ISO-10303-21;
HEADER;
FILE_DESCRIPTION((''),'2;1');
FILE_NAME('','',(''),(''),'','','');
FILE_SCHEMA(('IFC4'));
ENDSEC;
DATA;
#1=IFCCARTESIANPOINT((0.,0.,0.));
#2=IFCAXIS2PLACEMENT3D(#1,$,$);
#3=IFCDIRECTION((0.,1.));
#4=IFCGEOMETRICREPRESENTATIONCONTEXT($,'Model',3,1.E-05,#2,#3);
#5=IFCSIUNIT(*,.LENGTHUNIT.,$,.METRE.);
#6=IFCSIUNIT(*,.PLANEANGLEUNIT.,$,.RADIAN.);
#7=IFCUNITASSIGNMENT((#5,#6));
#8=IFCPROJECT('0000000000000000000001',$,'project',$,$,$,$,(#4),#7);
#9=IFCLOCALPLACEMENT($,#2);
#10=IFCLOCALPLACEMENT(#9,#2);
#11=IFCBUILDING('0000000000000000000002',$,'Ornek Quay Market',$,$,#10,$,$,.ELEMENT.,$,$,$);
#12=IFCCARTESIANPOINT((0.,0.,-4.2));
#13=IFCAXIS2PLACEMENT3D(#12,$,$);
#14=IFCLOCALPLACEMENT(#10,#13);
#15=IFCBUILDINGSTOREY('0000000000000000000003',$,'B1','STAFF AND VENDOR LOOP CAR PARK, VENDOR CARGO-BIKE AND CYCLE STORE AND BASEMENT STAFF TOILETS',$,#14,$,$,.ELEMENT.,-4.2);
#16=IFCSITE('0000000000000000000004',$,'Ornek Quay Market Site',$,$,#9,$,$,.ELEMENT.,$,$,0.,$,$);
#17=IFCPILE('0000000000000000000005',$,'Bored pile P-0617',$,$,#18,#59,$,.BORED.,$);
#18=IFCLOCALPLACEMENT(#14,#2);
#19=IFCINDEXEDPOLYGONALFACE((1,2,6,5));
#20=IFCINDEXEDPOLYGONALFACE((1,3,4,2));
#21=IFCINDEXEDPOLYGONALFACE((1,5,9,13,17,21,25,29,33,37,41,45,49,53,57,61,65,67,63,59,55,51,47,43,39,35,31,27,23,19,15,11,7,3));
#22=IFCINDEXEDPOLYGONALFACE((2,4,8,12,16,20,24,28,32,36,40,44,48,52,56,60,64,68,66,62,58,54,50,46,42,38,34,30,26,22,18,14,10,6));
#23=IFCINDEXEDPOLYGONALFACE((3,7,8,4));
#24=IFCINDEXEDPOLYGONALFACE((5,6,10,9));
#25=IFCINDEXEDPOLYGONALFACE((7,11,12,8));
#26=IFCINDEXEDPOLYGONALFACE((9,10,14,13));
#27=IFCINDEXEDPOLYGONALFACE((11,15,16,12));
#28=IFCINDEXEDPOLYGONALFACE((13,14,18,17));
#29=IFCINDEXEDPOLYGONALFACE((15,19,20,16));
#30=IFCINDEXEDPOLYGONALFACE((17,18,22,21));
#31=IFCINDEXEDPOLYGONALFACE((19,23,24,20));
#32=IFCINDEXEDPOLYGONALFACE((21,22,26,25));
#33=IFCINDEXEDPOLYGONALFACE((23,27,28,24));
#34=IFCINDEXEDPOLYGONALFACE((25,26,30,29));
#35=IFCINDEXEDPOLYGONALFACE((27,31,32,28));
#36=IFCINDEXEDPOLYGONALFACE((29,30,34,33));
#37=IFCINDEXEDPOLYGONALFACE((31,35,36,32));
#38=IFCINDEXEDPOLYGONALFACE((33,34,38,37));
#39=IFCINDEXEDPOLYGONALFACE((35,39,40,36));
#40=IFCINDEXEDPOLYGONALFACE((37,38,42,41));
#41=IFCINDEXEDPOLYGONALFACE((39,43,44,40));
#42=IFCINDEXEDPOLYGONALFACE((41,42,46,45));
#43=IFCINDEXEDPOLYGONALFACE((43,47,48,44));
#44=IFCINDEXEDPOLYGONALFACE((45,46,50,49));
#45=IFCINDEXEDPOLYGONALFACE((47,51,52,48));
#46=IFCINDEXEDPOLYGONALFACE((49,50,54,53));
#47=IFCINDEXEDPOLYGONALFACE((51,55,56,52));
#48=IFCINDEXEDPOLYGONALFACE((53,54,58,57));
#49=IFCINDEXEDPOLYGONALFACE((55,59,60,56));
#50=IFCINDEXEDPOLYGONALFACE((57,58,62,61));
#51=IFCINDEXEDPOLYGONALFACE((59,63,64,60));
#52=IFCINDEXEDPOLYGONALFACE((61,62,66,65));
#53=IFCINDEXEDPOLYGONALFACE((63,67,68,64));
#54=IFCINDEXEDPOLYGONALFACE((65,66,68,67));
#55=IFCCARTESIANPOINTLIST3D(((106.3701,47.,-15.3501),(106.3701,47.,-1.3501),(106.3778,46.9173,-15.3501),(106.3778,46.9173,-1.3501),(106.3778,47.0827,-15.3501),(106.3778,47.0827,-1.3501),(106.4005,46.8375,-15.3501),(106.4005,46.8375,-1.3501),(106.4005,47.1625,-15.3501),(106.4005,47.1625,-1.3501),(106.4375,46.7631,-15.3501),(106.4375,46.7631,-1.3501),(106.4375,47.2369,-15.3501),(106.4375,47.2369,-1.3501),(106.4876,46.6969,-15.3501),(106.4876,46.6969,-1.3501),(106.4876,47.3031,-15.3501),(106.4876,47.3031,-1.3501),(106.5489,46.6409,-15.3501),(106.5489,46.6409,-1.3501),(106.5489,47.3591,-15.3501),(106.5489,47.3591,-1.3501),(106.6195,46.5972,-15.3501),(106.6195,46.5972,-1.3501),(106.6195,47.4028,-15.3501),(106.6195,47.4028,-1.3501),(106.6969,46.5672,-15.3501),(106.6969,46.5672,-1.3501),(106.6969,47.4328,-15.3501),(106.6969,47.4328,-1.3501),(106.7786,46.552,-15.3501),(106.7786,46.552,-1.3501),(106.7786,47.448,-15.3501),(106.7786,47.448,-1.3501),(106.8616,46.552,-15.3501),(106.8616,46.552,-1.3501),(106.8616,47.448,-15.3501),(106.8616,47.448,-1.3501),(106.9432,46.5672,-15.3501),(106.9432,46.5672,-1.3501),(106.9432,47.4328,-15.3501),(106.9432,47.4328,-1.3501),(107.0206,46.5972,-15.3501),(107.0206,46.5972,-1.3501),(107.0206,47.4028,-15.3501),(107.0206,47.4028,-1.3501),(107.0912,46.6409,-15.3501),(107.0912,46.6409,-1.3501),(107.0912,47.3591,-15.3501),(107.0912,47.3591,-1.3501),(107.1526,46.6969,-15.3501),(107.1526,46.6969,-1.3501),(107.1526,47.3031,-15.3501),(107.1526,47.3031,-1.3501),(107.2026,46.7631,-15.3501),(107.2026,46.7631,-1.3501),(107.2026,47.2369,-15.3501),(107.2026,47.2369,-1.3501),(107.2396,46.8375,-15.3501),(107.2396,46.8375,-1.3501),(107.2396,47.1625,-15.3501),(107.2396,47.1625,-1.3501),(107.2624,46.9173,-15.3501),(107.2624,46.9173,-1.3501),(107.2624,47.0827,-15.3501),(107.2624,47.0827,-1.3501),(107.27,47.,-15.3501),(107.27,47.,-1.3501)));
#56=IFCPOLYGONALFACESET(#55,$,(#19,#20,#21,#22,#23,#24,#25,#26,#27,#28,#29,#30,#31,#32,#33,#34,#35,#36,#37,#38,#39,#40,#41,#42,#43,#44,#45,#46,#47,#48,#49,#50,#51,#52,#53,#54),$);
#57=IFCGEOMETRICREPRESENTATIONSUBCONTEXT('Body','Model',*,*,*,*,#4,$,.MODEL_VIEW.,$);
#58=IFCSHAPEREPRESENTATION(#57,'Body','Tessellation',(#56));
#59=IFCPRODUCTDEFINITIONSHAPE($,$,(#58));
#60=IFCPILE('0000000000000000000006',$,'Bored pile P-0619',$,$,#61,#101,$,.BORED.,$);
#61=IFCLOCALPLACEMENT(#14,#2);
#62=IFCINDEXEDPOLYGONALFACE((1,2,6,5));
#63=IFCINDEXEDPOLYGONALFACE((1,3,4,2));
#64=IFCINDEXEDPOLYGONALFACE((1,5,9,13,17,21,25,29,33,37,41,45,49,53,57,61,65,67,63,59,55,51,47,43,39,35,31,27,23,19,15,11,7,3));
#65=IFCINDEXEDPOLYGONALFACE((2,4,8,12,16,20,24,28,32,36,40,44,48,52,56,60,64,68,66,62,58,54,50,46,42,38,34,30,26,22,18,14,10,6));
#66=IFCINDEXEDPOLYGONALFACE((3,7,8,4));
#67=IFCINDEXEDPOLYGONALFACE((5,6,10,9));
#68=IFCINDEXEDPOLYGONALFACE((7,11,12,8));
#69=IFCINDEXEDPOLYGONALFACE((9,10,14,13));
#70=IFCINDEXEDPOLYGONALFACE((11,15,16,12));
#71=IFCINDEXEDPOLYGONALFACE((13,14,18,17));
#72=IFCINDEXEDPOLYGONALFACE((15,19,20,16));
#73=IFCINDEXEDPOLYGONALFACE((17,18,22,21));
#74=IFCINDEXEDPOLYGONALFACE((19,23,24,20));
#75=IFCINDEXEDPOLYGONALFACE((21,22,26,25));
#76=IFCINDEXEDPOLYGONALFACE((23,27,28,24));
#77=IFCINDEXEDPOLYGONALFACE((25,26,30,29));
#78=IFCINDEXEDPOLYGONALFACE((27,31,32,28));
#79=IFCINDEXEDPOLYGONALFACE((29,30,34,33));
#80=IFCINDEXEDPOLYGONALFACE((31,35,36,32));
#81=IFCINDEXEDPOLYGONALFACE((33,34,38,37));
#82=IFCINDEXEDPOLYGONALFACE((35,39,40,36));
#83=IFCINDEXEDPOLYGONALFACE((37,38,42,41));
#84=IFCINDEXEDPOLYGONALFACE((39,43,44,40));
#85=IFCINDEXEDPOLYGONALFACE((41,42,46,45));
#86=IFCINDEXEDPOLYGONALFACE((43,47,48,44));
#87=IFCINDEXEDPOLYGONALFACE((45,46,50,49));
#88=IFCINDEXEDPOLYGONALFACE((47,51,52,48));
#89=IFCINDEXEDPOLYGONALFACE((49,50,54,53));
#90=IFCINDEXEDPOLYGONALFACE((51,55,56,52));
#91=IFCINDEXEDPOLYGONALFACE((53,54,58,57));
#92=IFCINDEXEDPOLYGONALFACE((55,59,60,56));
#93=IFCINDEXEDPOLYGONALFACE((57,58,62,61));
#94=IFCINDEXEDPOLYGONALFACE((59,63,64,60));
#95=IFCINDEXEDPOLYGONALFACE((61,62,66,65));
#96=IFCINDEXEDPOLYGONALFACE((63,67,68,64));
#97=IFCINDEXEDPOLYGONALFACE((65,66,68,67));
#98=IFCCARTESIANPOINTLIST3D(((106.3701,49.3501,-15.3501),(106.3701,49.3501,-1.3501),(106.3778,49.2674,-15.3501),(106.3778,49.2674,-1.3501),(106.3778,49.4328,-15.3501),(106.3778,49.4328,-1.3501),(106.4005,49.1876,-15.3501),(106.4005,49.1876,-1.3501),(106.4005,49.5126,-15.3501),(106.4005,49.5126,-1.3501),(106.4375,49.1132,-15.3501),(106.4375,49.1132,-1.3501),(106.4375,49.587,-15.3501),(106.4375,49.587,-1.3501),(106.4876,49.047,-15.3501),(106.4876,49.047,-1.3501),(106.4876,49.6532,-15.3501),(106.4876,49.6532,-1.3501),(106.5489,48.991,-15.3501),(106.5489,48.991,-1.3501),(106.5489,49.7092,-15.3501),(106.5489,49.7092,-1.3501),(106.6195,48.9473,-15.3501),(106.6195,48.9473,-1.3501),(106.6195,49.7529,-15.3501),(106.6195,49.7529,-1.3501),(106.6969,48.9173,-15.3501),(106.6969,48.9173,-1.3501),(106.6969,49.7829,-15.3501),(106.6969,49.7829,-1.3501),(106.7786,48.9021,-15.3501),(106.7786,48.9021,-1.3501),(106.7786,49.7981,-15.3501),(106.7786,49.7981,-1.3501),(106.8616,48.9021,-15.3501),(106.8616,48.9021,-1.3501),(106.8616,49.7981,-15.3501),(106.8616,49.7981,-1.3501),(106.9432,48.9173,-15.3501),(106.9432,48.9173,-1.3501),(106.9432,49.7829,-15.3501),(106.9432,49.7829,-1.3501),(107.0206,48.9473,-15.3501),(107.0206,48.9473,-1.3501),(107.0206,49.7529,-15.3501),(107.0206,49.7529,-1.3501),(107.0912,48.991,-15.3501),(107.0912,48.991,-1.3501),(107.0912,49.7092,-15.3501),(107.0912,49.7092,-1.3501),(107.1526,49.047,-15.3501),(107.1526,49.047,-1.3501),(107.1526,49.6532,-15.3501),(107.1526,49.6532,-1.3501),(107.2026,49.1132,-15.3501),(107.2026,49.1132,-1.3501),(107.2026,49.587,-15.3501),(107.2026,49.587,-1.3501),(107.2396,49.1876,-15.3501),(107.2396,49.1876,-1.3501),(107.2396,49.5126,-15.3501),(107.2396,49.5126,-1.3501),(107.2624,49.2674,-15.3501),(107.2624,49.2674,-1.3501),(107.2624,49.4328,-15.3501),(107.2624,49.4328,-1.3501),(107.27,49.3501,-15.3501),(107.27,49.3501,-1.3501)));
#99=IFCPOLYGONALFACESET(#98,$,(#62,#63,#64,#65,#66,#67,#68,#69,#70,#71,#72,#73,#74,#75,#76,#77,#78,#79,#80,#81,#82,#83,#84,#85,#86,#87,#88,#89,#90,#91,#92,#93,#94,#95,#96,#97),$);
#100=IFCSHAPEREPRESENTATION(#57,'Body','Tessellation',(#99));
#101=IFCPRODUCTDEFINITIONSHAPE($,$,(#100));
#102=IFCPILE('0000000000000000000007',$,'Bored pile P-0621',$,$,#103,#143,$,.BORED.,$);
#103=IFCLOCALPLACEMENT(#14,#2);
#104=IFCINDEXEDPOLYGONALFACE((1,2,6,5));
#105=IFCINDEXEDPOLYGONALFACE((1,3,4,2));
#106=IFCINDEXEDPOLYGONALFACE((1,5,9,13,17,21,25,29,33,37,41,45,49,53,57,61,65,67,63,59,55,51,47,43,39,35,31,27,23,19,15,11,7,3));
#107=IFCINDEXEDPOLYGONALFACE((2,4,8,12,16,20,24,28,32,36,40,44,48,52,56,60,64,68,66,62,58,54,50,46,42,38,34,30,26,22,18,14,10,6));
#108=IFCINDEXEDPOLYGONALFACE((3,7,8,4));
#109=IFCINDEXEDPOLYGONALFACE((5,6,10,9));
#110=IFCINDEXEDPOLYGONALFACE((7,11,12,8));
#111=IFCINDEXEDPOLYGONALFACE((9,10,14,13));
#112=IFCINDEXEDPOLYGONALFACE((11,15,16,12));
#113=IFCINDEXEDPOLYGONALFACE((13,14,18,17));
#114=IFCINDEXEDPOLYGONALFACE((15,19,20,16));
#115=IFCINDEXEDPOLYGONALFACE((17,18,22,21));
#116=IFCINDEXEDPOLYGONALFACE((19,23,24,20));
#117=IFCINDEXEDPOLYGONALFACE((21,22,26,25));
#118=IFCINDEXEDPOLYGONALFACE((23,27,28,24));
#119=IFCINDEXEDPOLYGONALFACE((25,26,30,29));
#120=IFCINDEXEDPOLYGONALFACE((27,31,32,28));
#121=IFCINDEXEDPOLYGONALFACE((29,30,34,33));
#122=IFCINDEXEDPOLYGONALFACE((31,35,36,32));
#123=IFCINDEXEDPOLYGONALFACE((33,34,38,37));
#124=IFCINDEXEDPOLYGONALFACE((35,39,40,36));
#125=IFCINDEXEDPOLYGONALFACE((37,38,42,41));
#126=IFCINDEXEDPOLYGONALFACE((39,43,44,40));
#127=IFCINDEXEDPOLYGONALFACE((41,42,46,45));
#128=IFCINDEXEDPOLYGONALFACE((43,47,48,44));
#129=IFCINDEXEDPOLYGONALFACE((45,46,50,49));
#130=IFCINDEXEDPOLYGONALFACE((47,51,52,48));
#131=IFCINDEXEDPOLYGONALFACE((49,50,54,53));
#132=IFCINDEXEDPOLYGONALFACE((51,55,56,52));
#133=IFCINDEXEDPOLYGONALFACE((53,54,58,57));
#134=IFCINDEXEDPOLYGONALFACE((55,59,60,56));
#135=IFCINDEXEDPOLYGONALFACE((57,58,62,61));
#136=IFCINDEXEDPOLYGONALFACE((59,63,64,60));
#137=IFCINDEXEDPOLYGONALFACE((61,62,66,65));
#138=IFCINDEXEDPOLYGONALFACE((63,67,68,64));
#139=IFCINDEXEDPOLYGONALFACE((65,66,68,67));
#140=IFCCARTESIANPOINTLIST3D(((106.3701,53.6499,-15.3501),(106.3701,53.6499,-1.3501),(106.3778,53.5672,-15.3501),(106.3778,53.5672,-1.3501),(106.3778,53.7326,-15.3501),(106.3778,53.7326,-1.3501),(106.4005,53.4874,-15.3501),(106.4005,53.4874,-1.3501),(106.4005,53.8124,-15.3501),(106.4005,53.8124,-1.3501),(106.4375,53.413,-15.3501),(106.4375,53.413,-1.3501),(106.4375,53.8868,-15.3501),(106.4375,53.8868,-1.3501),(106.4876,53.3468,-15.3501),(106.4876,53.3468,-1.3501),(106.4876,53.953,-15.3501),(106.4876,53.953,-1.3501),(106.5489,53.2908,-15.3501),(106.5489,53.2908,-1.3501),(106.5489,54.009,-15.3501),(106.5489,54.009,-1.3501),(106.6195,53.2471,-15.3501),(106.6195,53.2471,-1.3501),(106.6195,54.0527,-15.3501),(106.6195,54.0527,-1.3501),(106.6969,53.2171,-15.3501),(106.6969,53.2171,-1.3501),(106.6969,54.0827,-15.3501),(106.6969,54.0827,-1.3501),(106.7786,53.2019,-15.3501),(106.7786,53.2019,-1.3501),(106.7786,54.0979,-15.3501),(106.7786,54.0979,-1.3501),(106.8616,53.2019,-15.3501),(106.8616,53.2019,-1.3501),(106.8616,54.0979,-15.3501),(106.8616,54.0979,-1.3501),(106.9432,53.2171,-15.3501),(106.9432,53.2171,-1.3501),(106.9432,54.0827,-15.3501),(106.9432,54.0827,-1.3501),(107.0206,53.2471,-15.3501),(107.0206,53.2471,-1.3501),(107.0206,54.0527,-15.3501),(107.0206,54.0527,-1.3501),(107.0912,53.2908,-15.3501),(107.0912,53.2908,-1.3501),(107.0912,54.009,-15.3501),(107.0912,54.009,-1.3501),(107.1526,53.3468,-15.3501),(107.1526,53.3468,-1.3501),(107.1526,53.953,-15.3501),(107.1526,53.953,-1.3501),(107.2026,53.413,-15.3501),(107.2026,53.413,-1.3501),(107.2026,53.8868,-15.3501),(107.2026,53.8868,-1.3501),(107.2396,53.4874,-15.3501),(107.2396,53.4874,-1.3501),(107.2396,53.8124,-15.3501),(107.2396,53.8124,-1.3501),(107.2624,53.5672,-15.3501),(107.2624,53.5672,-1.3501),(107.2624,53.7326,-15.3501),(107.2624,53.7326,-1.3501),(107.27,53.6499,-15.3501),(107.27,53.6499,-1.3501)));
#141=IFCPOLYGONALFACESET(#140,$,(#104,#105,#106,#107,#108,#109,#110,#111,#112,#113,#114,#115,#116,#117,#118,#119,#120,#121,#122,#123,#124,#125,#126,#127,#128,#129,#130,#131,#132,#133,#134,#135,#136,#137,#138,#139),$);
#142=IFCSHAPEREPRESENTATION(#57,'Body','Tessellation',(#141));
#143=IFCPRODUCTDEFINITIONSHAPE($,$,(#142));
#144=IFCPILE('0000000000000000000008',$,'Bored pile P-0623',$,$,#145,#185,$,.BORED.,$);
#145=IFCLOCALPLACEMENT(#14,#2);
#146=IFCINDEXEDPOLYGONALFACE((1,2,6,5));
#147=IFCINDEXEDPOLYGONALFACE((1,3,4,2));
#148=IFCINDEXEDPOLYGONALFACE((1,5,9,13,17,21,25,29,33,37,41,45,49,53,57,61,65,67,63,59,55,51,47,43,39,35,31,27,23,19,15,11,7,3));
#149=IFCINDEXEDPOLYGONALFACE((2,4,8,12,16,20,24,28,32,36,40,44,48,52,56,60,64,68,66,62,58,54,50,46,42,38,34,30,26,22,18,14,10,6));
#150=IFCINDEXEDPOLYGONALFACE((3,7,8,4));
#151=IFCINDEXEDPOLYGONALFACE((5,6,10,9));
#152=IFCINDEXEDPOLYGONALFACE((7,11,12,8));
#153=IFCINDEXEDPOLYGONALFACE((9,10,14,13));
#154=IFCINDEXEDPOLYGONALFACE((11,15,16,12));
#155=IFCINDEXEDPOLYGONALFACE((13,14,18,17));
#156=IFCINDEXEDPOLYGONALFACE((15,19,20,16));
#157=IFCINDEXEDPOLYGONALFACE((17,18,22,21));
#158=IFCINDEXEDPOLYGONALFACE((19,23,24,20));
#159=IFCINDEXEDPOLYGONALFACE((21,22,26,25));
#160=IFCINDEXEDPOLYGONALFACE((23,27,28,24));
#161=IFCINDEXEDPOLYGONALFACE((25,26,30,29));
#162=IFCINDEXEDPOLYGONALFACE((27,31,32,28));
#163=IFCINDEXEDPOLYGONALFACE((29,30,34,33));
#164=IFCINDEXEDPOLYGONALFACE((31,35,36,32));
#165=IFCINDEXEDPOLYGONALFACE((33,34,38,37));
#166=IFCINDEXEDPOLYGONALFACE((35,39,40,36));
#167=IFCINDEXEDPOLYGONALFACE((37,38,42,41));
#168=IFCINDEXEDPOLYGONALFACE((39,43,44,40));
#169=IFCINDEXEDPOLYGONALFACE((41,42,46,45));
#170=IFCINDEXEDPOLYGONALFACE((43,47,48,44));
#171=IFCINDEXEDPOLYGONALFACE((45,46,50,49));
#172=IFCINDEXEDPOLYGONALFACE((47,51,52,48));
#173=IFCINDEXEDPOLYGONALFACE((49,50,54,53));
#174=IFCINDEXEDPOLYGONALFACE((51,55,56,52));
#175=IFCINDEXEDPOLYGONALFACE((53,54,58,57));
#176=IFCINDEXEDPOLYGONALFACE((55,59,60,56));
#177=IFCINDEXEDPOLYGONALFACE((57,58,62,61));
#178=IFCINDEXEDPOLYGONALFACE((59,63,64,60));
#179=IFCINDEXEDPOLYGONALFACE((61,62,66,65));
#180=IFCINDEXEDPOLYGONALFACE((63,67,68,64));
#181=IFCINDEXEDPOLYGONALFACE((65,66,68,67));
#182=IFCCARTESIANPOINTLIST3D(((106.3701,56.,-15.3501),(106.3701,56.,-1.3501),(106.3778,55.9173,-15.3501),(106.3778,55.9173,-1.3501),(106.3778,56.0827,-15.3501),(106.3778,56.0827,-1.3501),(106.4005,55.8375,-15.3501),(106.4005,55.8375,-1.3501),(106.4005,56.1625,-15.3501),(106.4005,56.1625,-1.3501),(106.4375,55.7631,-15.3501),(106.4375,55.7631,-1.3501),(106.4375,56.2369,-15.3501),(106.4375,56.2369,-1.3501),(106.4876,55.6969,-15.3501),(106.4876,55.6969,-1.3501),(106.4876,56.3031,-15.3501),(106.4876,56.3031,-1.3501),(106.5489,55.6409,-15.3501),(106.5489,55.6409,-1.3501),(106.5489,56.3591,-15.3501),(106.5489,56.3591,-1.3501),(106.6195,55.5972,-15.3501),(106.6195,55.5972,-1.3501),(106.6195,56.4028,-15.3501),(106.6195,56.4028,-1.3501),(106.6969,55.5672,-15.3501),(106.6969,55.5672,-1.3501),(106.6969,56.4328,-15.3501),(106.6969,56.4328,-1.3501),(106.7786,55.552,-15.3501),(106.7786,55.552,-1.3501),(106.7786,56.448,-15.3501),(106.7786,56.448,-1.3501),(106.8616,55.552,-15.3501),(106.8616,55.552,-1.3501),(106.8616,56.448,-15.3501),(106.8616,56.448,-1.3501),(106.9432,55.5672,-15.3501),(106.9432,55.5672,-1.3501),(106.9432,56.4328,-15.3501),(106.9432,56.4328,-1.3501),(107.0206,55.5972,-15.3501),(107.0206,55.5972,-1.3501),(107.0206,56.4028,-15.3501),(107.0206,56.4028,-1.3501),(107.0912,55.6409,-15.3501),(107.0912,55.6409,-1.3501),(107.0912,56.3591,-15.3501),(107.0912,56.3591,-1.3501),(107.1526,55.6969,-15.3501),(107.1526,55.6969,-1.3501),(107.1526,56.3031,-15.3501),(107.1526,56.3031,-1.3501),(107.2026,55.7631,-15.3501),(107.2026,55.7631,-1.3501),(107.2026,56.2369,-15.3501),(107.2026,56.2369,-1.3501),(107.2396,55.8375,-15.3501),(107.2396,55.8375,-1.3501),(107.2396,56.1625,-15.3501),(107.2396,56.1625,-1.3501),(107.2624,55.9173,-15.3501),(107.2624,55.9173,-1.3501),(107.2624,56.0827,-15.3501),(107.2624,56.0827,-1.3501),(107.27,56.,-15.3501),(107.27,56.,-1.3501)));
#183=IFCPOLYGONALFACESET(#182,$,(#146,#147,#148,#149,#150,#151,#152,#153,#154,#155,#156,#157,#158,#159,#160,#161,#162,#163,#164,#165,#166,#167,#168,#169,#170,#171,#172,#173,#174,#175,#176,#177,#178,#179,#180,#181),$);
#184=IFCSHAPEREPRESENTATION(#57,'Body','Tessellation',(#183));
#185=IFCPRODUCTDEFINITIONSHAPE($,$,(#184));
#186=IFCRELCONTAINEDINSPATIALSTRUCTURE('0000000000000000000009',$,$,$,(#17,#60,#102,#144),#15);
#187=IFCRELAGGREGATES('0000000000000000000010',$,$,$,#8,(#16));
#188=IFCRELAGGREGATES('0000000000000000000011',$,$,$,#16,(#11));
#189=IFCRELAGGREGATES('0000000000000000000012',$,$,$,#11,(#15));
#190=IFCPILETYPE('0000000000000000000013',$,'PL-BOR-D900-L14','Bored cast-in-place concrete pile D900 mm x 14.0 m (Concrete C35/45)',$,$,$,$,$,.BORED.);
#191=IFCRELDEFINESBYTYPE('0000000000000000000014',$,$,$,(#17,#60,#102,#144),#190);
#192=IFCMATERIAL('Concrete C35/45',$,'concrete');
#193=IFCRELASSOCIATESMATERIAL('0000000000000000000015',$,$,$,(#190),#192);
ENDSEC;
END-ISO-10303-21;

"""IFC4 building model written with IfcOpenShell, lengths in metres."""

from ifc_helpers import new_model, si_unit, direction, frame, origin, origin_2d, place, context, subcontext, project, spatial, circle, extrude, material, material_profile, profile_set, type_object, element, save


model = new_model("IFC4")

# Units and contexts
model_context = context("Model", 3, precision=1e-05, world=origin(), true_north=direction((0.0, 1.0)))
body_context = subcontext(model_context, "Body", "Model", "MODEL_VIEW")
ifc_project = project(units=[si_unit("LENGTHUNIT", "METRE"), si_unit("PLANEANGLEUNIT", "RADIAN")], contexts=[model_context])

# Site, building, storey
site_placement = place(None, origin())
site = spatial("IfcSite", under=ifc_project, at=site_placement, Name="Ornek Quay Market Site", CompositionType="ELEMENT", RefElevation=0.0)
building_placement = place(site_placement, origin())
building = spatial("IfcBuilding", under=site, at=building_placement, Name="Ornek Quay Market", CompositionType="ELEMENT")
storey_placement = place(building_placement, frame((0.0, 0.0, -4.2)))
storey = spatial("IfcBuildingStorey", under=building, at=storey_placement, Name="B1", Description="STAFF AND VENDOR LOOP CAR PARK, VENDOR CARGO-BIKE AND CYCLE STORE AND BASEMENT STAFF TOILETS", CompositionType="ELEMENT", Elevation=-4.2)

# Piles
ifc_material_1 = material(Name="Concrete C35/45", Category="concrete")
ifc_material_profile_1 = material_profile(ifc_material_1, circle(Radius=0.45, at=origin_2d()), Name="PILE D900", Category="concrete")
ifc_profile_set_1 = profile_set([ifc_material_profile_1], Name="Concrete C35/45")
pile_type_1 = type_object("IfcPileType", Name="PL-BOR-D900-L14", Description="Bored cast-in-place concrete pile D900 mm x 14.0 m (Concrete C35/45)", PredefinedType="BORED", material=ifc_profile_set_1)
for number, where, z_axis, x_axis, name in (
    (1, (106.8201, 47.0, -1.3501), (0.0, 0.0, -1.0), (1.0, 0.0, 0.0), "Bored pile P-0617"),
    (2, (106.8201, 49.3501, -1.3501), (0.0, 0.0, -1.0), (1.0, 0.0, 0.0), "Bored pile P-0619"),
    (3, (106.8201, 53.6499, -1.3501), (0.0, 0.0, -1.0), (1.0, 0.0, 0.0), "Bored pile P-0621"),
    (4, (106.8201, 56.0, -1.3501), (0.0, 0.0, -1.0), (1.0, 0.0, 0.0), "Bored pile P-0623"),
):
    element("IfcPile", number, at=place(storey_placement, frame(where, z_axis=z_axis, x_axis=x_axis)), inside=storey, type_object=pile_type_1, Name=name, PredefinedType="BORED", context=body_context, shape_type="SweptSolid", body=[
        extrude(circle(Radius=0.45, at=origin_2d()), origin(), (0.0, 0.0, 1.0), 14.0),
    ])

save(model, "model.ifc")
